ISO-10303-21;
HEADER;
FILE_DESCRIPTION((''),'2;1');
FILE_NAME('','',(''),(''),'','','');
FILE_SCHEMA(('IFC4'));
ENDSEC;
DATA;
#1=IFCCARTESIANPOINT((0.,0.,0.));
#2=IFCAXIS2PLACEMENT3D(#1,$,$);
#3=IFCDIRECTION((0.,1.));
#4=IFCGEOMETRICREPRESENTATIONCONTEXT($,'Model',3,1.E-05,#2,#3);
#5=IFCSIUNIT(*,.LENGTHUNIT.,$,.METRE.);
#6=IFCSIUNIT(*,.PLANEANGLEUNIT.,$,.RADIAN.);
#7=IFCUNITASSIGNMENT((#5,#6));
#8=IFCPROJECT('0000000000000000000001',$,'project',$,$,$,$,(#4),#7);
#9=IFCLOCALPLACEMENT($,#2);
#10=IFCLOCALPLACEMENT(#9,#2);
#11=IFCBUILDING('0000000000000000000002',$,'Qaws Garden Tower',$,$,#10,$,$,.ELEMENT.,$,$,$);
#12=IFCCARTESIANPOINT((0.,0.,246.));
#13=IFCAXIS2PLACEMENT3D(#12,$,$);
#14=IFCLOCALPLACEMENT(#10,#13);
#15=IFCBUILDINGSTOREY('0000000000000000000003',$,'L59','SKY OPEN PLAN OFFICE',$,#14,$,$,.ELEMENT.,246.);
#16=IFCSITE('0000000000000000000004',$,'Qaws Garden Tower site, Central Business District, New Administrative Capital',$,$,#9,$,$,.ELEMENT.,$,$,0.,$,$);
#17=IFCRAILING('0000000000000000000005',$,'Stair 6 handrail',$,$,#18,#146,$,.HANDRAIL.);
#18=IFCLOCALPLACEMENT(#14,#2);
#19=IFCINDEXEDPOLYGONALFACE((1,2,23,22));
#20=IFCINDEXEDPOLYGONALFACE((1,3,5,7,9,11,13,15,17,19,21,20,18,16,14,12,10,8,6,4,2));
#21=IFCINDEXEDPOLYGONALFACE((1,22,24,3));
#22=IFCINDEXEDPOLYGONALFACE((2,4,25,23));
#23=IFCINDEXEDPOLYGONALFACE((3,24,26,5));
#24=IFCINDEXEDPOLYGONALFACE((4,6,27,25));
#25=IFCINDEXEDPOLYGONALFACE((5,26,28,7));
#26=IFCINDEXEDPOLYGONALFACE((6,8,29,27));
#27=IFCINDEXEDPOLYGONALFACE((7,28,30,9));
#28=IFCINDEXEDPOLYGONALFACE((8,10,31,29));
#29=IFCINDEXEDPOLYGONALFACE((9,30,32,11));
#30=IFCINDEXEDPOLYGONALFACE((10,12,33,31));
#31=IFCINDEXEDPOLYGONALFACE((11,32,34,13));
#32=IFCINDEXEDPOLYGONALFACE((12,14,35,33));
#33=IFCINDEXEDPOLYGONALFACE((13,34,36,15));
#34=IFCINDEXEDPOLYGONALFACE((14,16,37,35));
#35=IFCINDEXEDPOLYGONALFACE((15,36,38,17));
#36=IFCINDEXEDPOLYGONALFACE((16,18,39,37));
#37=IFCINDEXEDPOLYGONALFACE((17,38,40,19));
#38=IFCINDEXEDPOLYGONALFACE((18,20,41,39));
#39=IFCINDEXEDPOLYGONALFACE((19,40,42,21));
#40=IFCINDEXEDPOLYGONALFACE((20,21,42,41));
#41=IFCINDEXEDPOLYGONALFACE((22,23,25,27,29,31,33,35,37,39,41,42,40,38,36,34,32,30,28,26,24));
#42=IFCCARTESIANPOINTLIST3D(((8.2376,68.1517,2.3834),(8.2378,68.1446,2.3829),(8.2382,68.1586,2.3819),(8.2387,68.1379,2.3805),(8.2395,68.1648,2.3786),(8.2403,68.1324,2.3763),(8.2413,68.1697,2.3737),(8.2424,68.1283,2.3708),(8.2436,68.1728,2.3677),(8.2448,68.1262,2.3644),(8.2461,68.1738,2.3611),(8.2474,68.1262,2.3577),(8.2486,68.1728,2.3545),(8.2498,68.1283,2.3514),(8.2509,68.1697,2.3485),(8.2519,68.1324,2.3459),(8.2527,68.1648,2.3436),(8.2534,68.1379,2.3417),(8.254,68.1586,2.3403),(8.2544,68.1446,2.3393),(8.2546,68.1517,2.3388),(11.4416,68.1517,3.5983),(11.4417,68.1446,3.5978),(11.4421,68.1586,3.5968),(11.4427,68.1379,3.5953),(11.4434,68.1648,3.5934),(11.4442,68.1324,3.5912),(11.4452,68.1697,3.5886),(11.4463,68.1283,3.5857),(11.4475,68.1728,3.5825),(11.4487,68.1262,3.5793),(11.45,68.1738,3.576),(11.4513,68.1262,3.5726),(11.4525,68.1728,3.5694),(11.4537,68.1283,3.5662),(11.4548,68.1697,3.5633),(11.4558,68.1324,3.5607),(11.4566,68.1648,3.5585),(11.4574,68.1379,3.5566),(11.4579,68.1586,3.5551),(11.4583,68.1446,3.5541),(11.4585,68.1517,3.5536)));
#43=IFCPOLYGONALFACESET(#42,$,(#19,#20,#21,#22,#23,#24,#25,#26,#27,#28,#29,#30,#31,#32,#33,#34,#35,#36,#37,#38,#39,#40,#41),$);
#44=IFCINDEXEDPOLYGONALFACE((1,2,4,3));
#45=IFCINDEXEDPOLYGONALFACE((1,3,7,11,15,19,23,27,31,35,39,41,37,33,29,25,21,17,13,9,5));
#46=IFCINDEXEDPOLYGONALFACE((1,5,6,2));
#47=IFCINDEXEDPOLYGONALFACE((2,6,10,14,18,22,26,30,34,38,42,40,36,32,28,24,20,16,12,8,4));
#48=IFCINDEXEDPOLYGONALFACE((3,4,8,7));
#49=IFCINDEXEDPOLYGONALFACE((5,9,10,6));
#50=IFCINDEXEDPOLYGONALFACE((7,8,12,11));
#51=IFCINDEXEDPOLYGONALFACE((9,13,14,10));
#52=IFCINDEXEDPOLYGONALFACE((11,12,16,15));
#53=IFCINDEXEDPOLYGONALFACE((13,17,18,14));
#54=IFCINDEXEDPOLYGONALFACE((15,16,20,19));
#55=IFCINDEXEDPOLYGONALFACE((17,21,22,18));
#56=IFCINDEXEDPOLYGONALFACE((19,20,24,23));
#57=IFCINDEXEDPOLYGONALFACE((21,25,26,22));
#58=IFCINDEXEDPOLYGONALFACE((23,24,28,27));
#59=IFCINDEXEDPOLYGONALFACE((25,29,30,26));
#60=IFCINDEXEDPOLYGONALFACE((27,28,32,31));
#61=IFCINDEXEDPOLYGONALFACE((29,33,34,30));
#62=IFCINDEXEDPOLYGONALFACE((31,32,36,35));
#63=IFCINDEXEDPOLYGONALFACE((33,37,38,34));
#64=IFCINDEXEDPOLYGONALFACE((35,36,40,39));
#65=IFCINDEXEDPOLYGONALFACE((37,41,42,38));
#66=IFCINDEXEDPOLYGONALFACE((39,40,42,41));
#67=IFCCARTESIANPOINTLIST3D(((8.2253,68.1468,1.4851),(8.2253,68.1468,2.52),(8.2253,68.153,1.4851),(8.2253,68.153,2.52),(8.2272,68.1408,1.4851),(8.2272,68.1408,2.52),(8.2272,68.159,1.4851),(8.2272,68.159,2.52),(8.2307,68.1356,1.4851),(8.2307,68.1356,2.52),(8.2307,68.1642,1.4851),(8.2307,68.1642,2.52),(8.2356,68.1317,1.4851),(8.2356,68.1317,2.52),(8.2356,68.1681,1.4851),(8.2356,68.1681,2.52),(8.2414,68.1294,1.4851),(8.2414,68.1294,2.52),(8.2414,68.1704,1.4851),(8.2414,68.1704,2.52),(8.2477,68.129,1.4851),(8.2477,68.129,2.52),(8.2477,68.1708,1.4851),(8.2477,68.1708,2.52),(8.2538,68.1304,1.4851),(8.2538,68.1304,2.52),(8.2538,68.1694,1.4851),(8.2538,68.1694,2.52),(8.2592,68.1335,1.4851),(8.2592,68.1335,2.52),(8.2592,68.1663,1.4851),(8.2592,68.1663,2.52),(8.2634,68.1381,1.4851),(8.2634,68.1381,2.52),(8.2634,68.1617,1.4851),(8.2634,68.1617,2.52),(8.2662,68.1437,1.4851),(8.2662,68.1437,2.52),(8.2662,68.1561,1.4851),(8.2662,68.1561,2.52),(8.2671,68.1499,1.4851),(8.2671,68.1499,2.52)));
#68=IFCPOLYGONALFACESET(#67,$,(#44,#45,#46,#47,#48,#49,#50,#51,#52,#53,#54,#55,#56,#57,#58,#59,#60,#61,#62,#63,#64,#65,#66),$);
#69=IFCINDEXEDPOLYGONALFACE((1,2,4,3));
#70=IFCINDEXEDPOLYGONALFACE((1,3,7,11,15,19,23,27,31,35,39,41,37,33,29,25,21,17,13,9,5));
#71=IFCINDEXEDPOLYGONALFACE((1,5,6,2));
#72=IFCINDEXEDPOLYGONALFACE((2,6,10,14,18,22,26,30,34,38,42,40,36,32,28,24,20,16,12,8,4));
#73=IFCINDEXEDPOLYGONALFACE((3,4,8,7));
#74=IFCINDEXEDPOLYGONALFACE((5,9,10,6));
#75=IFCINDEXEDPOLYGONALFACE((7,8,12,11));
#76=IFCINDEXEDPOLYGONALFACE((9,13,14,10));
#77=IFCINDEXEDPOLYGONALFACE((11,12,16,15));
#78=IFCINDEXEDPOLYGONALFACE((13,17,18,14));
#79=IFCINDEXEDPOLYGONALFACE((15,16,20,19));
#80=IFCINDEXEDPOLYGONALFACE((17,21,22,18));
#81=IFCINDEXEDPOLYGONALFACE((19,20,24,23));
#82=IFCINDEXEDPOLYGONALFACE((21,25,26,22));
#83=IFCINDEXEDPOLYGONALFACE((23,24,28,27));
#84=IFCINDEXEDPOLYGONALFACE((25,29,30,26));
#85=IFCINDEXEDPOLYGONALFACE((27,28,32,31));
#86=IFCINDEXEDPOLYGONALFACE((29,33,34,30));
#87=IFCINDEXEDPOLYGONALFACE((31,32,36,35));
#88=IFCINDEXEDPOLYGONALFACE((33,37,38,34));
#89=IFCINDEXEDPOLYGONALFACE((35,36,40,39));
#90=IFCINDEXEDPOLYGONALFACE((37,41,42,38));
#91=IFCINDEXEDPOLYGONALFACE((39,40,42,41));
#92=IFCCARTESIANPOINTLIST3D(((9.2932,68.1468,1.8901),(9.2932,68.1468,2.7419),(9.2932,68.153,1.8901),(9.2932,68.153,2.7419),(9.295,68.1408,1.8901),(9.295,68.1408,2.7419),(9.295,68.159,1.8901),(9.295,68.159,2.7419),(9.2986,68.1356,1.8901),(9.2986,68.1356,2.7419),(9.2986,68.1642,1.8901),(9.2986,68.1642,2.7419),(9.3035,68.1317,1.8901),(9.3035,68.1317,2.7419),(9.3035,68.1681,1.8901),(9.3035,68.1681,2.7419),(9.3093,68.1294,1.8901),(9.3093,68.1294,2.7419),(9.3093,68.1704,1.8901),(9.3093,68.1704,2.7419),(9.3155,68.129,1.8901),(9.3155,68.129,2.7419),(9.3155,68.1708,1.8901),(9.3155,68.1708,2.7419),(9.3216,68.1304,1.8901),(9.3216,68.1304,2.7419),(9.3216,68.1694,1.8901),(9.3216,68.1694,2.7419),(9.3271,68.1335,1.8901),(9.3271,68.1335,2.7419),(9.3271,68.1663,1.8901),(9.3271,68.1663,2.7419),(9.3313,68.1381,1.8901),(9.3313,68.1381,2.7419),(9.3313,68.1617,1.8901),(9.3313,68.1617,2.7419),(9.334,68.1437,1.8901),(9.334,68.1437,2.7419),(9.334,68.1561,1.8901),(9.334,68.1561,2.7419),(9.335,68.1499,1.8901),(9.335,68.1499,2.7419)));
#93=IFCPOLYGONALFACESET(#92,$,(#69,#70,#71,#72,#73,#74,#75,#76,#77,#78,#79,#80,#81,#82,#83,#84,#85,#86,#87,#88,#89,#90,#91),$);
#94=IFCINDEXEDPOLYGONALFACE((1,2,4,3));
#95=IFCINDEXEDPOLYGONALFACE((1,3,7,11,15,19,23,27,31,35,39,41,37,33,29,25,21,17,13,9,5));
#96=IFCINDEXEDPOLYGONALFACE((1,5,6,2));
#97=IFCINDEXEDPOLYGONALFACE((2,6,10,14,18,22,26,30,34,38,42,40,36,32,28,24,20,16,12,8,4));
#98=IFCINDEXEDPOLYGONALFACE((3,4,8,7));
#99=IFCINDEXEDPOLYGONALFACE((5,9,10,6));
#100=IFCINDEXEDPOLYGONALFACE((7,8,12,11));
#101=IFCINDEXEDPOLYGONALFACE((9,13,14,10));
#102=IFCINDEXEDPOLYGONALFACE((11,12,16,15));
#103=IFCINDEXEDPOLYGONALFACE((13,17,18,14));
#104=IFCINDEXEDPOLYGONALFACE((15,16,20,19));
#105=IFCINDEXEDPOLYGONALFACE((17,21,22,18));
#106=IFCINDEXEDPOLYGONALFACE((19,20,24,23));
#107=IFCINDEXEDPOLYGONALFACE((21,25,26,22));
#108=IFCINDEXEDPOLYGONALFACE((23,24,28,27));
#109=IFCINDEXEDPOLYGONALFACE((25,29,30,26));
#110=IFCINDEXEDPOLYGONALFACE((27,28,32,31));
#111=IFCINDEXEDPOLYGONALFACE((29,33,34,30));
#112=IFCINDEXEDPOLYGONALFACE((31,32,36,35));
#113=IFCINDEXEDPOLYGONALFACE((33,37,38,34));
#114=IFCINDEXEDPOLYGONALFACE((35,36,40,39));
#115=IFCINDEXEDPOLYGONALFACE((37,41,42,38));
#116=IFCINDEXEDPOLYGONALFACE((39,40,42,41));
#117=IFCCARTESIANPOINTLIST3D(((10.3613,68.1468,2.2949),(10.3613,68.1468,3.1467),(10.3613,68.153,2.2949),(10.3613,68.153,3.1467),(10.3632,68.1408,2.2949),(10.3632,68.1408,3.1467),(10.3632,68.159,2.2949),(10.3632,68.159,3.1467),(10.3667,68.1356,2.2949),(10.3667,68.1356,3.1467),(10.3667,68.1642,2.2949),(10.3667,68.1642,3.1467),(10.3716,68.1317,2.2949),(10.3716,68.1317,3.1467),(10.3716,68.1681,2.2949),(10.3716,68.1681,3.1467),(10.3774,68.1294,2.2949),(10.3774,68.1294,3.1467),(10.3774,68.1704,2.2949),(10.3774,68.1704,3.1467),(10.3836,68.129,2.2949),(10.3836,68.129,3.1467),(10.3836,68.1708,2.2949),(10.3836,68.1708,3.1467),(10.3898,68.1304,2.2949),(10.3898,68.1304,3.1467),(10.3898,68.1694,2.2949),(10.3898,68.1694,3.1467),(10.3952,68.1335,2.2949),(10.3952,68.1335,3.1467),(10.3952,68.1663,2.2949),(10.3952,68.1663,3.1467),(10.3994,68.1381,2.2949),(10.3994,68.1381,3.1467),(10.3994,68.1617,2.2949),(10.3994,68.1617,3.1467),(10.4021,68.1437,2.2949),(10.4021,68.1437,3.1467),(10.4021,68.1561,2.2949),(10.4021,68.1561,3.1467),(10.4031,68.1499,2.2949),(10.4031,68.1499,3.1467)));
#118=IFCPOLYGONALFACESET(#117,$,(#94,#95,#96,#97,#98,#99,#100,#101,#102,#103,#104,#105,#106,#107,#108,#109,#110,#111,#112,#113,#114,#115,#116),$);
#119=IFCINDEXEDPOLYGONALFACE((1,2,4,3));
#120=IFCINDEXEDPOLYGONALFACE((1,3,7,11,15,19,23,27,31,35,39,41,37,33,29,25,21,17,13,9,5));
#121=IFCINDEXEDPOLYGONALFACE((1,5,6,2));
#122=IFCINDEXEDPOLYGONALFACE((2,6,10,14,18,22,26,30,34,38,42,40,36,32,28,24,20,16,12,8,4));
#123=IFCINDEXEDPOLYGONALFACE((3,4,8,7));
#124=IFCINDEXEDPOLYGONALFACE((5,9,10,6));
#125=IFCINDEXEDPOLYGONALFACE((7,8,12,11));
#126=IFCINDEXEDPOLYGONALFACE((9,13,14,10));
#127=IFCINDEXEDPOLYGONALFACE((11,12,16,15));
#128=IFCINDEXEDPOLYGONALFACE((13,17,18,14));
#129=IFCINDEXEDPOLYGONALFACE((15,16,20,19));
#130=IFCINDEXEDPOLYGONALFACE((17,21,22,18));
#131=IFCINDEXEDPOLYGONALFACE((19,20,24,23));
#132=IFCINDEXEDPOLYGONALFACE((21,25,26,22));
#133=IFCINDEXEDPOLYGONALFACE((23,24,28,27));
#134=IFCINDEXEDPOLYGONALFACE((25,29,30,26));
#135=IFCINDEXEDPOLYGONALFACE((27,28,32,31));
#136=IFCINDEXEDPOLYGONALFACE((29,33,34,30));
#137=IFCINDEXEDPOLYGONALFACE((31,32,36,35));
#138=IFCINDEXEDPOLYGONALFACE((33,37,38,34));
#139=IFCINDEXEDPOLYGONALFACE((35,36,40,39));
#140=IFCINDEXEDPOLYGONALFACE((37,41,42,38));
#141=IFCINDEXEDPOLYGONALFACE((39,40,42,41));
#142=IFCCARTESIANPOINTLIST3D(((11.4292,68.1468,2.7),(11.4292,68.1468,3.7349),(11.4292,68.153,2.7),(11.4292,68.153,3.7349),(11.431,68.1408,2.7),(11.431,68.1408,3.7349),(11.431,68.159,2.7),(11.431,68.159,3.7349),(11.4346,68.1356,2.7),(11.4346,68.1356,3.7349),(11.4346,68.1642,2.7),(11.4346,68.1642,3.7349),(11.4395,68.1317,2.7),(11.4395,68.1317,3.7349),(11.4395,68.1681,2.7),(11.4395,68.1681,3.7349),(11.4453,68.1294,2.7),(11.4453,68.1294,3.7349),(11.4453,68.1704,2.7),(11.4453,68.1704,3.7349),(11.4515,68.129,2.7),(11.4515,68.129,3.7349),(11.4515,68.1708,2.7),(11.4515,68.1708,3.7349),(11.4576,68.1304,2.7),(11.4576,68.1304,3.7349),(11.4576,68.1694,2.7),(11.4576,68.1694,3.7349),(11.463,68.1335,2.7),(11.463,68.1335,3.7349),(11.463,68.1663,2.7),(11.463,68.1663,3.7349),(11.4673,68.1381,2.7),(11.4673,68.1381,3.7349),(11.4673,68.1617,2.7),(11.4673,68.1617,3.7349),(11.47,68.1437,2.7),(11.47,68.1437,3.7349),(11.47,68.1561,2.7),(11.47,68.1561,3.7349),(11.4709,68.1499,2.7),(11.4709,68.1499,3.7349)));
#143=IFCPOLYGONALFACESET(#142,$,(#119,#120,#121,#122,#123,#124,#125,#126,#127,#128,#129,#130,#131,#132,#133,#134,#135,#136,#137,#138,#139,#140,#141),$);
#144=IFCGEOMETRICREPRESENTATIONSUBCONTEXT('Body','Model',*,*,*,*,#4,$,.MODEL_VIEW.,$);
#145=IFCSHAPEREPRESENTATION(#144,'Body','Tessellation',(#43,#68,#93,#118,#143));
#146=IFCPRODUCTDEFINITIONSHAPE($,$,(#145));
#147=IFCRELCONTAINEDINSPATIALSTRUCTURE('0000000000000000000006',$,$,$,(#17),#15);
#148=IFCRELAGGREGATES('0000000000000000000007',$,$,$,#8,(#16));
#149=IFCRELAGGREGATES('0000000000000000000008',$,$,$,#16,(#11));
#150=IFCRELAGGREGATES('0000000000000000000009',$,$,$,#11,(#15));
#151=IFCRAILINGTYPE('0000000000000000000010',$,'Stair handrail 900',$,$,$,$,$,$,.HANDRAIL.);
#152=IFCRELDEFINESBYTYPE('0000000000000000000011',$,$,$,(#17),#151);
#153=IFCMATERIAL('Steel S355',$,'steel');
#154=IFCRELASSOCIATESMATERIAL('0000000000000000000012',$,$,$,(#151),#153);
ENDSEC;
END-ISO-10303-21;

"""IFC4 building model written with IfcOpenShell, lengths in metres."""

from ifc_helpers import new_model, si_unit, direction, frame, origin, origin_2d, place, context, subcontext, project, spatial, circle, extrude, material, type_object, element, save


model = new_model("IFC4")

# Units and contexts
model_context = context("Model", 3, precision=1e-05, world=origin(), true_north=direction((0.0, 1.0)))
body_context = subcontext(model_context, "Body", "Model", "MODEL_VIEW")
ifc_project = project(units=[si_unit("LENGTHUNIT", "METRE"), si_unit("PLANEANGLEUNIT", "RADIAN")], contexts=[model_context])

# Site, building, storey
site_placement = place(None, origin())
site = spatial("IfcSite", under=ifc_project, at=site_placement, Name="Qaws Garden Tower site, Central Business District, New Administrative Capital", CompositionType="ELEMENT", RefElevation=0.0)
building_placement = place(site_placement, origin())
building = spatial("IfcBuilding", under=site, at=building_placement, Name="Qaws Garden Tower", CompositionType="ELEMENT")
storey_placement = place(building_placement, frame((0.0, 0.0, 246.0)))
storey = spatial("IfcBuildingStorey", under=building, at=storey_placement, Name="L59", Description="SKY OPEN PLAN OFFICE", CompositionType="ELEMENT", Elevation=246.0)

# Railing
ifc_material_1 = material(Name="Steel S355", Category="steel")
railing_type = type_object("IfcRailingType", Name="Stair handrail 900", PredefinedType="HANDRAIL", material=ifc_material_1)
railing_1_placement = place(storey_placement, frame((8.2461, 68.1499, 1.4851)))
element("IfcRailing", 1, at=railing_1_placement, inside=storey, type_object=railing_type, Name="Stair 6 handrail", PredefinedType="HANDRAIL", context=body_context, shape_type="SweptSolid", body=[
    extrude(circle(Radius=0.0239, at=origin_2d()), frame((0.0, 0.0, 0.876), z_axis=(0.935037, 0.0, 0.354549), x_axis=(0.0, 1.0, 0.0)), (0.0, 0.0, 1.0), 3.4265),
    extrude(circle(Radius=0.021, at=origin_2d()), origin(), (0.0, 0.0, 1.0), 1.0349),
    extrude(circle(Radius=0.021, at=origin_2d()), frame((1.0679, 0.0, 0.405)), (0.0, 0.0, 1.0), 0.8518),
    extrude(circle(Radius=0.021, at=origin_2d()), frame((2.136, 0.0, 0.8098)), (0.0, 0.0, 1.0), 0.8518),
    extrude(circle(Radius=0.021, at=origin_2d()), frame((3.2039, 0.0, 1.2148)), (0.0, 0.0, 1.0), 1.0349),
])

save(model, "model.ifc")
